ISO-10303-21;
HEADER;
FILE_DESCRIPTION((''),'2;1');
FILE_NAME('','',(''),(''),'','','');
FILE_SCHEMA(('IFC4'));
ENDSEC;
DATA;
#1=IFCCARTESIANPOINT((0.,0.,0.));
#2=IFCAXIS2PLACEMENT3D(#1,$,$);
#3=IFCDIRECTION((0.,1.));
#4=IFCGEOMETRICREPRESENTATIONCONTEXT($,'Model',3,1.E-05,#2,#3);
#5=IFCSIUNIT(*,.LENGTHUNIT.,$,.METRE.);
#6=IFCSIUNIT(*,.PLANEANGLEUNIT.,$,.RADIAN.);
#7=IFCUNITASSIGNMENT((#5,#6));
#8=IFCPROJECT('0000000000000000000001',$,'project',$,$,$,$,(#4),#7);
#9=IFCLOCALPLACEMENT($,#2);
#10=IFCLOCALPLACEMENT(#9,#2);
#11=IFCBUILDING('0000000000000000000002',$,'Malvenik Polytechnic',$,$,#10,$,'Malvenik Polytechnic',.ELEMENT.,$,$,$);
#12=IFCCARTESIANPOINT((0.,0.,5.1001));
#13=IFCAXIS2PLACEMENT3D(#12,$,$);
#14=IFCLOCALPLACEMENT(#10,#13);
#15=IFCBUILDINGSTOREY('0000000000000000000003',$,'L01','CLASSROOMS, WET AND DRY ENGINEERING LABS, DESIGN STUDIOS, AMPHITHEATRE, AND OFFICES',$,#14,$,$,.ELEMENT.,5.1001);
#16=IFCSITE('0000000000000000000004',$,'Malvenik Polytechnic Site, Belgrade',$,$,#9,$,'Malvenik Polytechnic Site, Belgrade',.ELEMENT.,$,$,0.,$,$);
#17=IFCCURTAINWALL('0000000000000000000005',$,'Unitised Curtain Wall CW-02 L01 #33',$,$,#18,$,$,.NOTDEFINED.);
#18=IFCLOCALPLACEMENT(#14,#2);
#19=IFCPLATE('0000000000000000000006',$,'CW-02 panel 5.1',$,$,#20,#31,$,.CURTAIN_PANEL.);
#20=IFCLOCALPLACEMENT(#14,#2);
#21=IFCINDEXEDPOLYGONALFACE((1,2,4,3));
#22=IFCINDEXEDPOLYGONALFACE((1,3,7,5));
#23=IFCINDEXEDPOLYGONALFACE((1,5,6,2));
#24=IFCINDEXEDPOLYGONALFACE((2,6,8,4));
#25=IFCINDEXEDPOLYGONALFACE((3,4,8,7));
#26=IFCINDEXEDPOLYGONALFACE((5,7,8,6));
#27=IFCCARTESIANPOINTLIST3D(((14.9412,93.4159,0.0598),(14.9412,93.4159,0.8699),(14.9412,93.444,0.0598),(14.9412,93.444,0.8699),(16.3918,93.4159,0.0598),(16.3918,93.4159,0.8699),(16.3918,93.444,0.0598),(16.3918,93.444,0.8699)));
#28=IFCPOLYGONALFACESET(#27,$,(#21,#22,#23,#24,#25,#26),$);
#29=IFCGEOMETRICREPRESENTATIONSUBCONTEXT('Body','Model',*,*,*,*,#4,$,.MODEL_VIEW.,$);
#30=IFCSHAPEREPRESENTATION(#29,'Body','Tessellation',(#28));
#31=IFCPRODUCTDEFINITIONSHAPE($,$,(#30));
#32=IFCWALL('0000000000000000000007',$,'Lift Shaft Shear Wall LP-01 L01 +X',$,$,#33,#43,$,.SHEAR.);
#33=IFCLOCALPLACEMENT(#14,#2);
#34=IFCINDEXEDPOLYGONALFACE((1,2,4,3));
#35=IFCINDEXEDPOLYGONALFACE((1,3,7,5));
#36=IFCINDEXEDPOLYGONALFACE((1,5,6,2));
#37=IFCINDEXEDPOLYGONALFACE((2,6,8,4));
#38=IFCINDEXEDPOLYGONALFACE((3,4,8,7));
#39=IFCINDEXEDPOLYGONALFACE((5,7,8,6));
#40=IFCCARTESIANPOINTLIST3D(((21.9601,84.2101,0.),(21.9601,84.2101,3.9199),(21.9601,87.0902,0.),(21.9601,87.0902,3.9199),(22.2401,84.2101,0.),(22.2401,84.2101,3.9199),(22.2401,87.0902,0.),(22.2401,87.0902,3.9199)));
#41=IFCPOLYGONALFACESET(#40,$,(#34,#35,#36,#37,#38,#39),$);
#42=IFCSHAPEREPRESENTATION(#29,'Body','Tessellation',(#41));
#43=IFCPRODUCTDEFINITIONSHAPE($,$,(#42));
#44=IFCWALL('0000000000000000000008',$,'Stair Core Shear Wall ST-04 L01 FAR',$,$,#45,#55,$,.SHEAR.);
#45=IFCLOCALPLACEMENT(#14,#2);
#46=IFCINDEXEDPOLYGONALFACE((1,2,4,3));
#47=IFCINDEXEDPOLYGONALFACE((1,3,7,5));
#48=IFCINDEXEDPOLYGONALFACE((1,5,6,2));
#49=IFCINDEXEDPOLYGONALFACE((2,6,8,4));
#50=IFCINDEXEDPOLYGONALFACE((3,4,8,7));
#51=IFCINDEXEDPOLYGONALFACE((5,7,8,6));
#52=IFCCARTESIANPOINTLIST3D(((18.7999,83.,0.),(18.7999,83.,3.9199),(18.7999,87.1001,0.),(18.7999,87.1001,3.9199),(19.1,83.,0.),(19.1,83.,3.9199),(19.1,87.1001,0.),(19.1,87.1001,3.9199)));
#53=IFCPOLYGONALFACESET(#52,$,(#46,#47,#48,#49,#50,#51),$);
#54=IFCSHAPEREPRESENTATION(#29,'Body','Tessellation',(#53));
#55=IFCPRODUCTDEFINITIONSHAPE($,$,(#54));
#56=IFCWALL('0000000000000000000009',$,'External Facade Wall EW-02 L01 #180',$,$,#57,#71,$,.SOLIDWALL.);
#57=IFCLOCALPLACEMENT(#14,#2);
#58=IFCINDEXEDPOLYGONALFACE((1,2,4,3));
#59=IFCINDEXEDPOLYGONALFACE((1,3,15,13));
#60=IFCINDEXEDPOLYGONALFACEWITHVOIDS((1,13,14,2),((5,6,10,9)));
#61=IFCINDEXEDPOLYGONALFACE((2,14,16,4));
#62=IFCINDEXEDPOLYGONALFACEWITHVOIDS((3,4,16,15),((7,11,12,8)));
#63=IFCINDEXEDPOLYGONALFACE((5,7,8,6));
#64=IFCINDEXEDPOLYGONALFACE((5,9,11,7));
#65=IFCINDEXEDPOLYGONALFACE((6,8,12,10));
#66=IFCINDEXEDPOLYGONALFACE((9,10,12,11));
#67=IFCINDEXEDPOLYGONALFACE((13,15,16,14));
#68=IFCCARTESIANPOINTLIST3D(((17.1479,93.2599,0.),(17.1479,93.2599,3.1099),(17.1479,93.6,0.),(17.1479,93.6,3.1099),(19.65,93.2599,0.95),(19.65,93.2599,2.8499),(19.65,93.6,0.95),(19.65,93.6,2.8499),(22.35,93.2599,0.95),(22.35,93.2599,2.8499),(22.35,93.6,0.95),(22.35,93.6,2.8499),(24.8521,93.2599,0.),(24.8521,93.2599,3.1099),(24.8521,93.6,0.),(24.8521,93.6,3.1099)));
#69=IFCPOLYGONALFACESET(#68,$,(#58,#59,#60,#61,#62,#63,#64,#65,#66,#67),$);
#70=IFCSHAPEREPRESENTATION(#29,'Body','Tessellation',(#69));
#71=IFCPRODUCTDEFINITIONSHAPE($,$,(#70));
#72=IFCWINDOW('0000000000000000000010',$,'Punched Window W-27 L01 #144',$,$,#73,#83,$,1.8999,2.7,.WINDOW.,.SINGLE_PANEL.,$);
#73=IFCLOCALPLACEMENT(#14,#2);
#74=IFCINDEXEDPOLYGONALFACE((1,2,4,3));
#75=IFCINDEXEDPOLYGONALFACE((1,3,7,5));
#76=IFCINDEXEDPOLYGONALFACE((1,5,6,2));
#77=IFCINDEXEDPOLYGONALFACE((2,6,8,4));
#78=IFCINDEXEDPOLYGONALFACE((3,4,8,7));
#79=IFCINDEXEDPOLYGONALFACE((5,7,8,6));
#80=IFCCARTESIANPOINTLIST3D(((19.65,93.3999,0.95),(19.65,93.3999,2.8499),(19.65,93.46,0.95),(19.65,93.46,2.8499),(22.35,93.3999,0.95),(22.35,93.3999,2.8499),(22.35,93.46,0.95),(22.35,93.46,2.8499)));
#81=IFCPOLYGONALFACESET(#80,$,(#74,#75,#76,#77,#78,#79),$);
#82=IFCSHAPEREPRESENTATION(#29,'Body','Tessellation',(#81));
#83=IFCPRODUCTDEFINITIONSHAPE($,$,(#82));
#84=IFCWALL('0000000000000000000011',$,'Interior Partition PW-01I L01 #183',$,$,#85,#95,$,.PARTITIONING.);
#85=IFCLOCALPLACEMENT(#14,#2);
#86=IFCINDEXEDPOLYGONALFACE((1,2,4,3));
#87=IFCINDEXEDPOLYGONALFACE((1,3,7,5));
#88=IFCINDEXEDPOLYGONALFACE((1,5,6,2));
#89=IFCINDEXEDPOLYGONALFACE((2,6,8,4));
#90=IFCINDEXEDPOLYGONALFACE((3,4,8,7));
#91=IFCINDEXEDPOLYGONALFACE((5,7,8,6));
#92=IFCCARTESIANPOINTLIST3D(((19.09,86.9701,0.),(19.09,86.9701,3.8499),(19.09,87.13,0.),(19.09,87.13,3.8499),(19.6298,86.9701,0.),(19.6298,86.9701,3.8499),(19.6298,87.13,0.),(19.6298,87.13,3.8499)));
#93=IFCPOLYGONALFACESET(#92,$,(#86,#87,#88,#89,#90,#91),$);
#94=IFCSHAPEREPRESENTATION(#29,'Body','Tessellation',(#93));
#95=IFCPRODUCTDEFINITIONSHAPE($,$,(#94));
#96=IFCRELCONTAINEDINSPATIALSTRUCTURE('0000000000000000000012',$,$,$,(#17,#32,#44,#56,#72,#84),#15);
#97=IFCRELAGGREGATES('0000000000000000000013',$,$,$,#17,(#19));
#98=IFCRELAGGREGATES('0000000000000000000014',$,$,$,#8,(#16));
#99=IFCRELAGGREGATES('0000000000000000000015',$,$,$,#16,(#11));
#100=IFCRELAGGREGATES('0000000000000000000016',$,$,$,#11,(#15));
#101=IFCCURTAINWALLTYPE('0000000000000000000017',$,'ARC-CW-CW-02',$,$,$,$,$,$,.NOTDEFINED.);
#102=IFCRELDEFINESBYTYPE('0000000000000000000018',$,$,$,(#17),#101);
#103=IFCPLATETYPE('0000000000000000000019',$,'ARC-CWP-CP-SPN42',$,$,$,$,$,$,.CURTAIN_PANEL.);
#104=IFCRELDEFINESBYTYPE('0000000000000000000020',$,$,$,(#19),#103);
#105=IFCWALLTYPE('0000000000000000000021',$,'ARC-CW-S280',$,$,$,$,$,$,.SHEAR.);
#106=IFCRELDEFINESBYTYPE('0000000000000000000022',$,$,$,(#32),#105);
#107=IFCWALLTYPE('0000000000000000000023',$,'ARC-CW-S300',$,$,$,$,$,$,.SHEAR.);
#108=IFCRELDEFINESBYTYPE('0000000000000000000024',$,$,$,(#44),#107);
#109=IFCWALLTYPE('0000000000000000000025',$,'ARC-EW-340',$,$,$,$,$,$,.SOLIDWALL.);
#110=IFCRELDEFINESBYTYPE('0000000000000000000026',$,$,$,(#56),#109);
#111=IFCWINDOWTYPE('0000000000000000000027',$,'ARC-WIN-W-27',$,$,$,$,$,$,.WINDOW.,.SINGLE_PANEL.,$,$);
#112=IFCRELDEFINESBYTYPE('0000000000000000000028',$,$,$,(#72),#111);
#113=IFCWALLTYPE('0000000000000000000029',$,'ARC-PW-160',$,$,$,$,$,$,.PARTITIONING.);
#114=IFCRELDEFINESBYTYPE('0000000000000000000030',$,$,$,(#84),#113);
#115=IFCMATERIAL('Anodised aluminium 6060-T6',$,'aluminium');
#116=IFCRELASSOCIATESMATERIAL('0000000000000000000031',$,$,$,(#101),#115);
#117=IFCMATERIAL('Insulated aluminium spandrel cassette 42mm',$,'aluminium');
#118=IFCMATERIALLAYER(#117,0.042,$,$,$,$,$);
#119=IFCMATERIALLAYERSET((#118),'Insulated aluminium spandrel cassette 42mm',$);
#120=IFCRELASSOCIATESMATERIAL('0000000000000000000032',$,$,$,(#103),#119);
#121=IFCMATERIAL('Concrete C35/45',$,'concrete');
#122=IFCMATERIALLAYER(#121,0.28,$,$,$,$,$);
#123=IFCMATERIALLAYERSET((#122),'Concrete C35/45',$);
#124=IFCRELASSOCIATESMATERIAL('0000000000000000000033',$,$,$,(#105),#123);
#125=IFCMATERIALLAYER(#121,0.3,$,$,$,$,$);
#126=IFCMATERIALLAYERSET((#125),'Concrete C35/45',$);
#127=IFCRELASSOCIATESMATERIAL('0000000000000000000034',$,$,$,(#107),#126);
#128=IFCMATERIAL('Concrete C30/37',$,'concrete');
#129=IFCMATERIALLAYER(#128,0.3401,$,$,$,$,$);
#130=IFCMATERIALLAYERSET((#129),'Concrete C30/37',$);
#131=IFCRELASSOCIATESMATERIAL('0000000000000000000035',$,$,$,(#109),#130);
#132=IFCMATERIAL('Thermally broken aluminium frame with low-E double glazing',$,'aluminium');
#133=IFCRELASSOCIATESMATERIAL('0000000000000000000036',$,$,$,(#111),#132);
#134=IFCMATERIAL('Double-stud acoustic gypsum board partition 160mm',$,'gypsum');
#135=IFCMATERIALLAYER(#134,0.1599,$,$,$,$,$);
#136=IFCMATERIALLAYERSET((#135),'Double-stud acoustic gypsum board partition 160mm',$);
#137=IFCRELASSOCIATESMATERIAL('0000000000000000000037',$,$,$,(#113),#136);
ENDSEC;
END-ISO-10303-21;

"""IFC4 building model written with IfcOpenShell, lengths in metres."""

from ifc_helpers import new_model, si_unit, direction, frame, frame_2d, origin, origin_2d, place, context, subcontext, project, spatial, rectangle, extrude, material, layer, layer_set, type_object, element, fill, aggregate, save


model = new_model("IFC4")

# Units and contexts
model_context = context("Model", 3, precision=1e-05, world=origin(), true_north=direction((0.0, 1.0)))
body_context = subcontext(model_context, "Body", "Model", "MODEL_VIEW")
ifc_project = project(units=[si_unit("LENGTHUNIT", "METRE"), si_unit("PLANEANGLEUNIT", "RADIAN")], contexts=[model_context])

# Site, building, storey
site_placement = place(None, origin())
site = spatial("IfcSite", under=ifc_project, at=site_placement, Name="Malvenik Polytechnic Site, Belgrade", LongName="Malvenik Polytechnic Site, Belgrade", CompositionType="ELEMENT", RefElevation=0.0)
building_placement = place(site_placement, origin())
building = spatial("IfcBuilding", under=site, at=building_placement, Name="Malvenik Polytechnic", LongName="Malvenik Polytechnic", CompositionType="ELEMENT")
storey_placement = place(building_placement, frame((0.0, 0.0, 5.1001)))
storey = spatial("IfcBuildingStorey", under=building, at=storey_placement, Name="L01", Description="CLASSROOMS, WET AND DRY ENGINEERING LABS, DESIGN STUDIOS, AMPHITHEATRE, AND OFFICES", CompositionType="ELEMENT", Elevation=5.1001)

# Curtain wall, plate
ifc_material_1 = material(Name="Anodised aluminium 6060-T6", Category="aluminium")
curtain_wall_type = type_object("IfcCurtainWallType", Name="ARC-CW-CW-02", PredefinedType="NOTDEFINED", material=ifc_material_1)
curtain_wall_placement = place(storey_placement, origin())
curtain_wall = element("IfcCurtainWall", 1, at=curtain_wall_placement, inside=storey, type_object=curtain_wall_type, Name="Unitised Curtain Wall CW-02 L01 #33", PredefinedType="NOTDEFINED")
ifc_material_2 = material(Name="Insulated aluminium spandrel cassette 42mm", Category="aluminium")
ifc_layer_1 = layer(ifc_material_2, 0.042)
ifc_layer_set_1 = layer_set([ifc_layer_1], Name="Insulated aluminium spandrel cassette 42mm")
plate_type_1 = type_object("IfcPlateType", Name="ARC-CWP-CP-SPN42", PredefinedType="CURTAIN_PANEL", material=ifc_layer_set_1)
plate_1_placement = place(storey_placement, frame((15.6665, 93.4299, 0.0598), z_axis=(0.0, 0.0, 1.0), x_axis=(1.0, 0.0, 0.0)))
plate_1 = element("IfcPlate", 2, at=plate_1_placement, type_object=plate_type_1, Name="CW-02 panel 5.1", PredefinedType="CURTAIN_PANEL", context=body_context, shape_type="SweptSolid", body=[
    extrude(rectangle(XDim=1.4507, YDim=0.0281, at=origin_2d()), origin(), (0.0, 0.0, 1.0), 0.8101),
])
aggregate(curtain_wall, [plate_1])

# Shared definitions
ifc_material_3 = material(Name="Concrete C35/45", Category="concrete")
ifc_layer_2 = layer(ifc_material_3, 0.28)
ifc_layer_set_2 = layer_set([ifc_layer_2], Name="Concrete C35/45")
wall_type_1 = type_object("IfcWallType", Name="ARC-CW-S280", PredefinedType="SHEAR", material=ifc_layer_set_2)

# Walls
wall_1_placement = place(storey_placement, frame((22.1001, 87.0901, 0.0), z_axis=(0.0, 0.0, 1.0), x_axis=(0.0, -1.0, 0.0)))
element("IfcWall", 3, at=wall_1_placement, inside=storey, type_object=wall_type_1, Name="Lift Shaft Shear Wall LP-01 L01 +X", PredefinedType="SHEAR", context=body_context, shape_type="SweptSolid", body=[
    extrude(rectangle(XDim=2.8801, YDim=0.28, at=frame_2d((1.4399, 0.0))), origin(), (0.0, 0.0, 1.0), 3.9199),
])
ifc_layer_3 = layer(ifc_material_3, 0.3)
ifc_layer_set_3 = layer_set([ifc_layer_3], Name="Concrete C35/45")
wall_type_2 = type_object("IfcWallType", Name="ARC-CW-S300", PredefinedType="SHEAR", material=ifc_layer_set_3)
wall_2_placement = place(storey_placement, frame((18.95, 87.1001, 0.0), z_axis=(0.0, 0.0, 1.0), x_axis=(0.0, -1.0, 0.0)))
element("IfcWall", 4, at=wall_2_placement, inside=storey, type_object=wall_type_2, Name="Stair Core Shear Wall ST-04 L01 FAR", PredefinedType="SHEAR", context=body_context, shape_type="SweptSolid", body=[
    extrude(rectangle(XDim=4.1001, YDim=0.3, at=frame_2d((2.05, 0.0))), origin(), (0.0, 0.0, 1.0), 3.9199),
])

# Wall, opening, window
ifc_material_4 = material(Name="Concrete C30/37", Category="concrete")
ifc_layer_4 = layer(ifc_material_4, 0.3401)
ifc_layer_set_4 = layer_set([ifc_layer_4], Name="Concrete C30/37")
wall_type_3 = type_object("IfcWallType", Name="ARC-EW-340", PredefinedType="SOLIDWALL", material=ifc_layer_set_4)
wall_3_placement = place(storey_placement, frame((17.1479, 93.4299, 0.0), z_axis=(0.0, 0.0, 1.0), x_axis=(1.0, 0.0, 0.0)))
wall_3 = element("IfcWall", 5, at=wall_3_placement, inside=storey, type_object=wall_type_3, Name="External Facade Wall EW-02 L01 #180", PredefinedType="SOLIDWALL", context=body_context, shape_type="SweptSolid", body=[
    extrude(rectangle(XDim=7.7041, YDim=0.3401, at=frame_2d((3.8521, 0.0))), origin(), (0.0, 0.0, 1.0), 3.1099),
])
opening_1_placement = place(wall_3_placement, frame((2.502, 0.0, 0.95)))
opening_1 = element("IfcOpeningElement", 6, at=opening_1_placement, cuts=wall_3, PredefinedType="OPENING", context=body_context, shape_type="SweptSolid", body=[
    extrude(rectangle(XDim=2.7, YDim=1.8999, at=frame_2d((1.3501, 0.95))), frame((0.0, 0.1802, 0.0), z_axis=(0.0, -1.0, 0.0), x_axis=(1.0, 0.0, 0.0)), (0.0, 0.0, 1.0), 0.3601),
])
ifc_material_5 = material(Name="Thermally broken aluminium frame with low-E double glazing", Category="aluminium")
window_type = type_object("IfcWindowType", Name="ARC-WIN-W-27", PartitioningType="SINGLE_PANEL", PredefinedType="WINDOW", material=ifc_material_5)
window_placement = place(opening_1_placement, origin())
window = element("IfcWindow", 7, at=window_placement, inside=storey, type_object=window_type, Name="Punched Window W-27 L01 #144", OverallHeight=1.8999, OverallWidth=2.7, PartitioningType="SINGLE_PANEL", PredefinedType="WINDOW", context=body_context, shape_type="SweptSolid", body=[
    extrude(rectangle(XDim=2.7, YDim=1.8999, at=frame_2d((1.3501, 0.95))), frame((0.0, 0.03, 0.0), z_axis=(0.0, -1.0, 0.0), x_axis=(1.0, 0.0, 0.0)), (0.0, 0.0, 1.0), 0.0601),
])
fill(opening_1, window)

# Wall
ifc_material_6 = material(Name="Double-stud acoustic gypsum board partition 160mm", Category="gypsum")
ifc_layer_5 = layer(ifc_material_6, 0.1599)
ifc_layer_set_5 = layer_set([ifc_layer_5], Name="Double-stud acoustic gypsum board partition 160mm")
wall_type_4 = type_object("IfcWallType", Name="ARC-PW-160", PredefinedType="PARTITIONING", material=ifc_layer_set_5)
wall_4_placement = place(storey_placement, frame((19.6299, 87.05, 0.0), z_axis=(0.0, 0.0, 1.0), x_axis=(-1.0, 0.0, 0.0)))
element("IfcWall", 8, at=wall_4_placement, inside=storey, type_object=wall_type_4, Name="Interior Partition PW-01I L01 #183", PredefinedType="PARTITIONING", context=body_context, shape_type="SweptSolid", body=[
    extrude(rectangle(XDim=0.5398, YDim=0.1599, at=frame_2d((0.27, 0.0))), origin(), (0.0, 0.0, 1.0), 3.8499),
])

save(model, "model.ifc")
